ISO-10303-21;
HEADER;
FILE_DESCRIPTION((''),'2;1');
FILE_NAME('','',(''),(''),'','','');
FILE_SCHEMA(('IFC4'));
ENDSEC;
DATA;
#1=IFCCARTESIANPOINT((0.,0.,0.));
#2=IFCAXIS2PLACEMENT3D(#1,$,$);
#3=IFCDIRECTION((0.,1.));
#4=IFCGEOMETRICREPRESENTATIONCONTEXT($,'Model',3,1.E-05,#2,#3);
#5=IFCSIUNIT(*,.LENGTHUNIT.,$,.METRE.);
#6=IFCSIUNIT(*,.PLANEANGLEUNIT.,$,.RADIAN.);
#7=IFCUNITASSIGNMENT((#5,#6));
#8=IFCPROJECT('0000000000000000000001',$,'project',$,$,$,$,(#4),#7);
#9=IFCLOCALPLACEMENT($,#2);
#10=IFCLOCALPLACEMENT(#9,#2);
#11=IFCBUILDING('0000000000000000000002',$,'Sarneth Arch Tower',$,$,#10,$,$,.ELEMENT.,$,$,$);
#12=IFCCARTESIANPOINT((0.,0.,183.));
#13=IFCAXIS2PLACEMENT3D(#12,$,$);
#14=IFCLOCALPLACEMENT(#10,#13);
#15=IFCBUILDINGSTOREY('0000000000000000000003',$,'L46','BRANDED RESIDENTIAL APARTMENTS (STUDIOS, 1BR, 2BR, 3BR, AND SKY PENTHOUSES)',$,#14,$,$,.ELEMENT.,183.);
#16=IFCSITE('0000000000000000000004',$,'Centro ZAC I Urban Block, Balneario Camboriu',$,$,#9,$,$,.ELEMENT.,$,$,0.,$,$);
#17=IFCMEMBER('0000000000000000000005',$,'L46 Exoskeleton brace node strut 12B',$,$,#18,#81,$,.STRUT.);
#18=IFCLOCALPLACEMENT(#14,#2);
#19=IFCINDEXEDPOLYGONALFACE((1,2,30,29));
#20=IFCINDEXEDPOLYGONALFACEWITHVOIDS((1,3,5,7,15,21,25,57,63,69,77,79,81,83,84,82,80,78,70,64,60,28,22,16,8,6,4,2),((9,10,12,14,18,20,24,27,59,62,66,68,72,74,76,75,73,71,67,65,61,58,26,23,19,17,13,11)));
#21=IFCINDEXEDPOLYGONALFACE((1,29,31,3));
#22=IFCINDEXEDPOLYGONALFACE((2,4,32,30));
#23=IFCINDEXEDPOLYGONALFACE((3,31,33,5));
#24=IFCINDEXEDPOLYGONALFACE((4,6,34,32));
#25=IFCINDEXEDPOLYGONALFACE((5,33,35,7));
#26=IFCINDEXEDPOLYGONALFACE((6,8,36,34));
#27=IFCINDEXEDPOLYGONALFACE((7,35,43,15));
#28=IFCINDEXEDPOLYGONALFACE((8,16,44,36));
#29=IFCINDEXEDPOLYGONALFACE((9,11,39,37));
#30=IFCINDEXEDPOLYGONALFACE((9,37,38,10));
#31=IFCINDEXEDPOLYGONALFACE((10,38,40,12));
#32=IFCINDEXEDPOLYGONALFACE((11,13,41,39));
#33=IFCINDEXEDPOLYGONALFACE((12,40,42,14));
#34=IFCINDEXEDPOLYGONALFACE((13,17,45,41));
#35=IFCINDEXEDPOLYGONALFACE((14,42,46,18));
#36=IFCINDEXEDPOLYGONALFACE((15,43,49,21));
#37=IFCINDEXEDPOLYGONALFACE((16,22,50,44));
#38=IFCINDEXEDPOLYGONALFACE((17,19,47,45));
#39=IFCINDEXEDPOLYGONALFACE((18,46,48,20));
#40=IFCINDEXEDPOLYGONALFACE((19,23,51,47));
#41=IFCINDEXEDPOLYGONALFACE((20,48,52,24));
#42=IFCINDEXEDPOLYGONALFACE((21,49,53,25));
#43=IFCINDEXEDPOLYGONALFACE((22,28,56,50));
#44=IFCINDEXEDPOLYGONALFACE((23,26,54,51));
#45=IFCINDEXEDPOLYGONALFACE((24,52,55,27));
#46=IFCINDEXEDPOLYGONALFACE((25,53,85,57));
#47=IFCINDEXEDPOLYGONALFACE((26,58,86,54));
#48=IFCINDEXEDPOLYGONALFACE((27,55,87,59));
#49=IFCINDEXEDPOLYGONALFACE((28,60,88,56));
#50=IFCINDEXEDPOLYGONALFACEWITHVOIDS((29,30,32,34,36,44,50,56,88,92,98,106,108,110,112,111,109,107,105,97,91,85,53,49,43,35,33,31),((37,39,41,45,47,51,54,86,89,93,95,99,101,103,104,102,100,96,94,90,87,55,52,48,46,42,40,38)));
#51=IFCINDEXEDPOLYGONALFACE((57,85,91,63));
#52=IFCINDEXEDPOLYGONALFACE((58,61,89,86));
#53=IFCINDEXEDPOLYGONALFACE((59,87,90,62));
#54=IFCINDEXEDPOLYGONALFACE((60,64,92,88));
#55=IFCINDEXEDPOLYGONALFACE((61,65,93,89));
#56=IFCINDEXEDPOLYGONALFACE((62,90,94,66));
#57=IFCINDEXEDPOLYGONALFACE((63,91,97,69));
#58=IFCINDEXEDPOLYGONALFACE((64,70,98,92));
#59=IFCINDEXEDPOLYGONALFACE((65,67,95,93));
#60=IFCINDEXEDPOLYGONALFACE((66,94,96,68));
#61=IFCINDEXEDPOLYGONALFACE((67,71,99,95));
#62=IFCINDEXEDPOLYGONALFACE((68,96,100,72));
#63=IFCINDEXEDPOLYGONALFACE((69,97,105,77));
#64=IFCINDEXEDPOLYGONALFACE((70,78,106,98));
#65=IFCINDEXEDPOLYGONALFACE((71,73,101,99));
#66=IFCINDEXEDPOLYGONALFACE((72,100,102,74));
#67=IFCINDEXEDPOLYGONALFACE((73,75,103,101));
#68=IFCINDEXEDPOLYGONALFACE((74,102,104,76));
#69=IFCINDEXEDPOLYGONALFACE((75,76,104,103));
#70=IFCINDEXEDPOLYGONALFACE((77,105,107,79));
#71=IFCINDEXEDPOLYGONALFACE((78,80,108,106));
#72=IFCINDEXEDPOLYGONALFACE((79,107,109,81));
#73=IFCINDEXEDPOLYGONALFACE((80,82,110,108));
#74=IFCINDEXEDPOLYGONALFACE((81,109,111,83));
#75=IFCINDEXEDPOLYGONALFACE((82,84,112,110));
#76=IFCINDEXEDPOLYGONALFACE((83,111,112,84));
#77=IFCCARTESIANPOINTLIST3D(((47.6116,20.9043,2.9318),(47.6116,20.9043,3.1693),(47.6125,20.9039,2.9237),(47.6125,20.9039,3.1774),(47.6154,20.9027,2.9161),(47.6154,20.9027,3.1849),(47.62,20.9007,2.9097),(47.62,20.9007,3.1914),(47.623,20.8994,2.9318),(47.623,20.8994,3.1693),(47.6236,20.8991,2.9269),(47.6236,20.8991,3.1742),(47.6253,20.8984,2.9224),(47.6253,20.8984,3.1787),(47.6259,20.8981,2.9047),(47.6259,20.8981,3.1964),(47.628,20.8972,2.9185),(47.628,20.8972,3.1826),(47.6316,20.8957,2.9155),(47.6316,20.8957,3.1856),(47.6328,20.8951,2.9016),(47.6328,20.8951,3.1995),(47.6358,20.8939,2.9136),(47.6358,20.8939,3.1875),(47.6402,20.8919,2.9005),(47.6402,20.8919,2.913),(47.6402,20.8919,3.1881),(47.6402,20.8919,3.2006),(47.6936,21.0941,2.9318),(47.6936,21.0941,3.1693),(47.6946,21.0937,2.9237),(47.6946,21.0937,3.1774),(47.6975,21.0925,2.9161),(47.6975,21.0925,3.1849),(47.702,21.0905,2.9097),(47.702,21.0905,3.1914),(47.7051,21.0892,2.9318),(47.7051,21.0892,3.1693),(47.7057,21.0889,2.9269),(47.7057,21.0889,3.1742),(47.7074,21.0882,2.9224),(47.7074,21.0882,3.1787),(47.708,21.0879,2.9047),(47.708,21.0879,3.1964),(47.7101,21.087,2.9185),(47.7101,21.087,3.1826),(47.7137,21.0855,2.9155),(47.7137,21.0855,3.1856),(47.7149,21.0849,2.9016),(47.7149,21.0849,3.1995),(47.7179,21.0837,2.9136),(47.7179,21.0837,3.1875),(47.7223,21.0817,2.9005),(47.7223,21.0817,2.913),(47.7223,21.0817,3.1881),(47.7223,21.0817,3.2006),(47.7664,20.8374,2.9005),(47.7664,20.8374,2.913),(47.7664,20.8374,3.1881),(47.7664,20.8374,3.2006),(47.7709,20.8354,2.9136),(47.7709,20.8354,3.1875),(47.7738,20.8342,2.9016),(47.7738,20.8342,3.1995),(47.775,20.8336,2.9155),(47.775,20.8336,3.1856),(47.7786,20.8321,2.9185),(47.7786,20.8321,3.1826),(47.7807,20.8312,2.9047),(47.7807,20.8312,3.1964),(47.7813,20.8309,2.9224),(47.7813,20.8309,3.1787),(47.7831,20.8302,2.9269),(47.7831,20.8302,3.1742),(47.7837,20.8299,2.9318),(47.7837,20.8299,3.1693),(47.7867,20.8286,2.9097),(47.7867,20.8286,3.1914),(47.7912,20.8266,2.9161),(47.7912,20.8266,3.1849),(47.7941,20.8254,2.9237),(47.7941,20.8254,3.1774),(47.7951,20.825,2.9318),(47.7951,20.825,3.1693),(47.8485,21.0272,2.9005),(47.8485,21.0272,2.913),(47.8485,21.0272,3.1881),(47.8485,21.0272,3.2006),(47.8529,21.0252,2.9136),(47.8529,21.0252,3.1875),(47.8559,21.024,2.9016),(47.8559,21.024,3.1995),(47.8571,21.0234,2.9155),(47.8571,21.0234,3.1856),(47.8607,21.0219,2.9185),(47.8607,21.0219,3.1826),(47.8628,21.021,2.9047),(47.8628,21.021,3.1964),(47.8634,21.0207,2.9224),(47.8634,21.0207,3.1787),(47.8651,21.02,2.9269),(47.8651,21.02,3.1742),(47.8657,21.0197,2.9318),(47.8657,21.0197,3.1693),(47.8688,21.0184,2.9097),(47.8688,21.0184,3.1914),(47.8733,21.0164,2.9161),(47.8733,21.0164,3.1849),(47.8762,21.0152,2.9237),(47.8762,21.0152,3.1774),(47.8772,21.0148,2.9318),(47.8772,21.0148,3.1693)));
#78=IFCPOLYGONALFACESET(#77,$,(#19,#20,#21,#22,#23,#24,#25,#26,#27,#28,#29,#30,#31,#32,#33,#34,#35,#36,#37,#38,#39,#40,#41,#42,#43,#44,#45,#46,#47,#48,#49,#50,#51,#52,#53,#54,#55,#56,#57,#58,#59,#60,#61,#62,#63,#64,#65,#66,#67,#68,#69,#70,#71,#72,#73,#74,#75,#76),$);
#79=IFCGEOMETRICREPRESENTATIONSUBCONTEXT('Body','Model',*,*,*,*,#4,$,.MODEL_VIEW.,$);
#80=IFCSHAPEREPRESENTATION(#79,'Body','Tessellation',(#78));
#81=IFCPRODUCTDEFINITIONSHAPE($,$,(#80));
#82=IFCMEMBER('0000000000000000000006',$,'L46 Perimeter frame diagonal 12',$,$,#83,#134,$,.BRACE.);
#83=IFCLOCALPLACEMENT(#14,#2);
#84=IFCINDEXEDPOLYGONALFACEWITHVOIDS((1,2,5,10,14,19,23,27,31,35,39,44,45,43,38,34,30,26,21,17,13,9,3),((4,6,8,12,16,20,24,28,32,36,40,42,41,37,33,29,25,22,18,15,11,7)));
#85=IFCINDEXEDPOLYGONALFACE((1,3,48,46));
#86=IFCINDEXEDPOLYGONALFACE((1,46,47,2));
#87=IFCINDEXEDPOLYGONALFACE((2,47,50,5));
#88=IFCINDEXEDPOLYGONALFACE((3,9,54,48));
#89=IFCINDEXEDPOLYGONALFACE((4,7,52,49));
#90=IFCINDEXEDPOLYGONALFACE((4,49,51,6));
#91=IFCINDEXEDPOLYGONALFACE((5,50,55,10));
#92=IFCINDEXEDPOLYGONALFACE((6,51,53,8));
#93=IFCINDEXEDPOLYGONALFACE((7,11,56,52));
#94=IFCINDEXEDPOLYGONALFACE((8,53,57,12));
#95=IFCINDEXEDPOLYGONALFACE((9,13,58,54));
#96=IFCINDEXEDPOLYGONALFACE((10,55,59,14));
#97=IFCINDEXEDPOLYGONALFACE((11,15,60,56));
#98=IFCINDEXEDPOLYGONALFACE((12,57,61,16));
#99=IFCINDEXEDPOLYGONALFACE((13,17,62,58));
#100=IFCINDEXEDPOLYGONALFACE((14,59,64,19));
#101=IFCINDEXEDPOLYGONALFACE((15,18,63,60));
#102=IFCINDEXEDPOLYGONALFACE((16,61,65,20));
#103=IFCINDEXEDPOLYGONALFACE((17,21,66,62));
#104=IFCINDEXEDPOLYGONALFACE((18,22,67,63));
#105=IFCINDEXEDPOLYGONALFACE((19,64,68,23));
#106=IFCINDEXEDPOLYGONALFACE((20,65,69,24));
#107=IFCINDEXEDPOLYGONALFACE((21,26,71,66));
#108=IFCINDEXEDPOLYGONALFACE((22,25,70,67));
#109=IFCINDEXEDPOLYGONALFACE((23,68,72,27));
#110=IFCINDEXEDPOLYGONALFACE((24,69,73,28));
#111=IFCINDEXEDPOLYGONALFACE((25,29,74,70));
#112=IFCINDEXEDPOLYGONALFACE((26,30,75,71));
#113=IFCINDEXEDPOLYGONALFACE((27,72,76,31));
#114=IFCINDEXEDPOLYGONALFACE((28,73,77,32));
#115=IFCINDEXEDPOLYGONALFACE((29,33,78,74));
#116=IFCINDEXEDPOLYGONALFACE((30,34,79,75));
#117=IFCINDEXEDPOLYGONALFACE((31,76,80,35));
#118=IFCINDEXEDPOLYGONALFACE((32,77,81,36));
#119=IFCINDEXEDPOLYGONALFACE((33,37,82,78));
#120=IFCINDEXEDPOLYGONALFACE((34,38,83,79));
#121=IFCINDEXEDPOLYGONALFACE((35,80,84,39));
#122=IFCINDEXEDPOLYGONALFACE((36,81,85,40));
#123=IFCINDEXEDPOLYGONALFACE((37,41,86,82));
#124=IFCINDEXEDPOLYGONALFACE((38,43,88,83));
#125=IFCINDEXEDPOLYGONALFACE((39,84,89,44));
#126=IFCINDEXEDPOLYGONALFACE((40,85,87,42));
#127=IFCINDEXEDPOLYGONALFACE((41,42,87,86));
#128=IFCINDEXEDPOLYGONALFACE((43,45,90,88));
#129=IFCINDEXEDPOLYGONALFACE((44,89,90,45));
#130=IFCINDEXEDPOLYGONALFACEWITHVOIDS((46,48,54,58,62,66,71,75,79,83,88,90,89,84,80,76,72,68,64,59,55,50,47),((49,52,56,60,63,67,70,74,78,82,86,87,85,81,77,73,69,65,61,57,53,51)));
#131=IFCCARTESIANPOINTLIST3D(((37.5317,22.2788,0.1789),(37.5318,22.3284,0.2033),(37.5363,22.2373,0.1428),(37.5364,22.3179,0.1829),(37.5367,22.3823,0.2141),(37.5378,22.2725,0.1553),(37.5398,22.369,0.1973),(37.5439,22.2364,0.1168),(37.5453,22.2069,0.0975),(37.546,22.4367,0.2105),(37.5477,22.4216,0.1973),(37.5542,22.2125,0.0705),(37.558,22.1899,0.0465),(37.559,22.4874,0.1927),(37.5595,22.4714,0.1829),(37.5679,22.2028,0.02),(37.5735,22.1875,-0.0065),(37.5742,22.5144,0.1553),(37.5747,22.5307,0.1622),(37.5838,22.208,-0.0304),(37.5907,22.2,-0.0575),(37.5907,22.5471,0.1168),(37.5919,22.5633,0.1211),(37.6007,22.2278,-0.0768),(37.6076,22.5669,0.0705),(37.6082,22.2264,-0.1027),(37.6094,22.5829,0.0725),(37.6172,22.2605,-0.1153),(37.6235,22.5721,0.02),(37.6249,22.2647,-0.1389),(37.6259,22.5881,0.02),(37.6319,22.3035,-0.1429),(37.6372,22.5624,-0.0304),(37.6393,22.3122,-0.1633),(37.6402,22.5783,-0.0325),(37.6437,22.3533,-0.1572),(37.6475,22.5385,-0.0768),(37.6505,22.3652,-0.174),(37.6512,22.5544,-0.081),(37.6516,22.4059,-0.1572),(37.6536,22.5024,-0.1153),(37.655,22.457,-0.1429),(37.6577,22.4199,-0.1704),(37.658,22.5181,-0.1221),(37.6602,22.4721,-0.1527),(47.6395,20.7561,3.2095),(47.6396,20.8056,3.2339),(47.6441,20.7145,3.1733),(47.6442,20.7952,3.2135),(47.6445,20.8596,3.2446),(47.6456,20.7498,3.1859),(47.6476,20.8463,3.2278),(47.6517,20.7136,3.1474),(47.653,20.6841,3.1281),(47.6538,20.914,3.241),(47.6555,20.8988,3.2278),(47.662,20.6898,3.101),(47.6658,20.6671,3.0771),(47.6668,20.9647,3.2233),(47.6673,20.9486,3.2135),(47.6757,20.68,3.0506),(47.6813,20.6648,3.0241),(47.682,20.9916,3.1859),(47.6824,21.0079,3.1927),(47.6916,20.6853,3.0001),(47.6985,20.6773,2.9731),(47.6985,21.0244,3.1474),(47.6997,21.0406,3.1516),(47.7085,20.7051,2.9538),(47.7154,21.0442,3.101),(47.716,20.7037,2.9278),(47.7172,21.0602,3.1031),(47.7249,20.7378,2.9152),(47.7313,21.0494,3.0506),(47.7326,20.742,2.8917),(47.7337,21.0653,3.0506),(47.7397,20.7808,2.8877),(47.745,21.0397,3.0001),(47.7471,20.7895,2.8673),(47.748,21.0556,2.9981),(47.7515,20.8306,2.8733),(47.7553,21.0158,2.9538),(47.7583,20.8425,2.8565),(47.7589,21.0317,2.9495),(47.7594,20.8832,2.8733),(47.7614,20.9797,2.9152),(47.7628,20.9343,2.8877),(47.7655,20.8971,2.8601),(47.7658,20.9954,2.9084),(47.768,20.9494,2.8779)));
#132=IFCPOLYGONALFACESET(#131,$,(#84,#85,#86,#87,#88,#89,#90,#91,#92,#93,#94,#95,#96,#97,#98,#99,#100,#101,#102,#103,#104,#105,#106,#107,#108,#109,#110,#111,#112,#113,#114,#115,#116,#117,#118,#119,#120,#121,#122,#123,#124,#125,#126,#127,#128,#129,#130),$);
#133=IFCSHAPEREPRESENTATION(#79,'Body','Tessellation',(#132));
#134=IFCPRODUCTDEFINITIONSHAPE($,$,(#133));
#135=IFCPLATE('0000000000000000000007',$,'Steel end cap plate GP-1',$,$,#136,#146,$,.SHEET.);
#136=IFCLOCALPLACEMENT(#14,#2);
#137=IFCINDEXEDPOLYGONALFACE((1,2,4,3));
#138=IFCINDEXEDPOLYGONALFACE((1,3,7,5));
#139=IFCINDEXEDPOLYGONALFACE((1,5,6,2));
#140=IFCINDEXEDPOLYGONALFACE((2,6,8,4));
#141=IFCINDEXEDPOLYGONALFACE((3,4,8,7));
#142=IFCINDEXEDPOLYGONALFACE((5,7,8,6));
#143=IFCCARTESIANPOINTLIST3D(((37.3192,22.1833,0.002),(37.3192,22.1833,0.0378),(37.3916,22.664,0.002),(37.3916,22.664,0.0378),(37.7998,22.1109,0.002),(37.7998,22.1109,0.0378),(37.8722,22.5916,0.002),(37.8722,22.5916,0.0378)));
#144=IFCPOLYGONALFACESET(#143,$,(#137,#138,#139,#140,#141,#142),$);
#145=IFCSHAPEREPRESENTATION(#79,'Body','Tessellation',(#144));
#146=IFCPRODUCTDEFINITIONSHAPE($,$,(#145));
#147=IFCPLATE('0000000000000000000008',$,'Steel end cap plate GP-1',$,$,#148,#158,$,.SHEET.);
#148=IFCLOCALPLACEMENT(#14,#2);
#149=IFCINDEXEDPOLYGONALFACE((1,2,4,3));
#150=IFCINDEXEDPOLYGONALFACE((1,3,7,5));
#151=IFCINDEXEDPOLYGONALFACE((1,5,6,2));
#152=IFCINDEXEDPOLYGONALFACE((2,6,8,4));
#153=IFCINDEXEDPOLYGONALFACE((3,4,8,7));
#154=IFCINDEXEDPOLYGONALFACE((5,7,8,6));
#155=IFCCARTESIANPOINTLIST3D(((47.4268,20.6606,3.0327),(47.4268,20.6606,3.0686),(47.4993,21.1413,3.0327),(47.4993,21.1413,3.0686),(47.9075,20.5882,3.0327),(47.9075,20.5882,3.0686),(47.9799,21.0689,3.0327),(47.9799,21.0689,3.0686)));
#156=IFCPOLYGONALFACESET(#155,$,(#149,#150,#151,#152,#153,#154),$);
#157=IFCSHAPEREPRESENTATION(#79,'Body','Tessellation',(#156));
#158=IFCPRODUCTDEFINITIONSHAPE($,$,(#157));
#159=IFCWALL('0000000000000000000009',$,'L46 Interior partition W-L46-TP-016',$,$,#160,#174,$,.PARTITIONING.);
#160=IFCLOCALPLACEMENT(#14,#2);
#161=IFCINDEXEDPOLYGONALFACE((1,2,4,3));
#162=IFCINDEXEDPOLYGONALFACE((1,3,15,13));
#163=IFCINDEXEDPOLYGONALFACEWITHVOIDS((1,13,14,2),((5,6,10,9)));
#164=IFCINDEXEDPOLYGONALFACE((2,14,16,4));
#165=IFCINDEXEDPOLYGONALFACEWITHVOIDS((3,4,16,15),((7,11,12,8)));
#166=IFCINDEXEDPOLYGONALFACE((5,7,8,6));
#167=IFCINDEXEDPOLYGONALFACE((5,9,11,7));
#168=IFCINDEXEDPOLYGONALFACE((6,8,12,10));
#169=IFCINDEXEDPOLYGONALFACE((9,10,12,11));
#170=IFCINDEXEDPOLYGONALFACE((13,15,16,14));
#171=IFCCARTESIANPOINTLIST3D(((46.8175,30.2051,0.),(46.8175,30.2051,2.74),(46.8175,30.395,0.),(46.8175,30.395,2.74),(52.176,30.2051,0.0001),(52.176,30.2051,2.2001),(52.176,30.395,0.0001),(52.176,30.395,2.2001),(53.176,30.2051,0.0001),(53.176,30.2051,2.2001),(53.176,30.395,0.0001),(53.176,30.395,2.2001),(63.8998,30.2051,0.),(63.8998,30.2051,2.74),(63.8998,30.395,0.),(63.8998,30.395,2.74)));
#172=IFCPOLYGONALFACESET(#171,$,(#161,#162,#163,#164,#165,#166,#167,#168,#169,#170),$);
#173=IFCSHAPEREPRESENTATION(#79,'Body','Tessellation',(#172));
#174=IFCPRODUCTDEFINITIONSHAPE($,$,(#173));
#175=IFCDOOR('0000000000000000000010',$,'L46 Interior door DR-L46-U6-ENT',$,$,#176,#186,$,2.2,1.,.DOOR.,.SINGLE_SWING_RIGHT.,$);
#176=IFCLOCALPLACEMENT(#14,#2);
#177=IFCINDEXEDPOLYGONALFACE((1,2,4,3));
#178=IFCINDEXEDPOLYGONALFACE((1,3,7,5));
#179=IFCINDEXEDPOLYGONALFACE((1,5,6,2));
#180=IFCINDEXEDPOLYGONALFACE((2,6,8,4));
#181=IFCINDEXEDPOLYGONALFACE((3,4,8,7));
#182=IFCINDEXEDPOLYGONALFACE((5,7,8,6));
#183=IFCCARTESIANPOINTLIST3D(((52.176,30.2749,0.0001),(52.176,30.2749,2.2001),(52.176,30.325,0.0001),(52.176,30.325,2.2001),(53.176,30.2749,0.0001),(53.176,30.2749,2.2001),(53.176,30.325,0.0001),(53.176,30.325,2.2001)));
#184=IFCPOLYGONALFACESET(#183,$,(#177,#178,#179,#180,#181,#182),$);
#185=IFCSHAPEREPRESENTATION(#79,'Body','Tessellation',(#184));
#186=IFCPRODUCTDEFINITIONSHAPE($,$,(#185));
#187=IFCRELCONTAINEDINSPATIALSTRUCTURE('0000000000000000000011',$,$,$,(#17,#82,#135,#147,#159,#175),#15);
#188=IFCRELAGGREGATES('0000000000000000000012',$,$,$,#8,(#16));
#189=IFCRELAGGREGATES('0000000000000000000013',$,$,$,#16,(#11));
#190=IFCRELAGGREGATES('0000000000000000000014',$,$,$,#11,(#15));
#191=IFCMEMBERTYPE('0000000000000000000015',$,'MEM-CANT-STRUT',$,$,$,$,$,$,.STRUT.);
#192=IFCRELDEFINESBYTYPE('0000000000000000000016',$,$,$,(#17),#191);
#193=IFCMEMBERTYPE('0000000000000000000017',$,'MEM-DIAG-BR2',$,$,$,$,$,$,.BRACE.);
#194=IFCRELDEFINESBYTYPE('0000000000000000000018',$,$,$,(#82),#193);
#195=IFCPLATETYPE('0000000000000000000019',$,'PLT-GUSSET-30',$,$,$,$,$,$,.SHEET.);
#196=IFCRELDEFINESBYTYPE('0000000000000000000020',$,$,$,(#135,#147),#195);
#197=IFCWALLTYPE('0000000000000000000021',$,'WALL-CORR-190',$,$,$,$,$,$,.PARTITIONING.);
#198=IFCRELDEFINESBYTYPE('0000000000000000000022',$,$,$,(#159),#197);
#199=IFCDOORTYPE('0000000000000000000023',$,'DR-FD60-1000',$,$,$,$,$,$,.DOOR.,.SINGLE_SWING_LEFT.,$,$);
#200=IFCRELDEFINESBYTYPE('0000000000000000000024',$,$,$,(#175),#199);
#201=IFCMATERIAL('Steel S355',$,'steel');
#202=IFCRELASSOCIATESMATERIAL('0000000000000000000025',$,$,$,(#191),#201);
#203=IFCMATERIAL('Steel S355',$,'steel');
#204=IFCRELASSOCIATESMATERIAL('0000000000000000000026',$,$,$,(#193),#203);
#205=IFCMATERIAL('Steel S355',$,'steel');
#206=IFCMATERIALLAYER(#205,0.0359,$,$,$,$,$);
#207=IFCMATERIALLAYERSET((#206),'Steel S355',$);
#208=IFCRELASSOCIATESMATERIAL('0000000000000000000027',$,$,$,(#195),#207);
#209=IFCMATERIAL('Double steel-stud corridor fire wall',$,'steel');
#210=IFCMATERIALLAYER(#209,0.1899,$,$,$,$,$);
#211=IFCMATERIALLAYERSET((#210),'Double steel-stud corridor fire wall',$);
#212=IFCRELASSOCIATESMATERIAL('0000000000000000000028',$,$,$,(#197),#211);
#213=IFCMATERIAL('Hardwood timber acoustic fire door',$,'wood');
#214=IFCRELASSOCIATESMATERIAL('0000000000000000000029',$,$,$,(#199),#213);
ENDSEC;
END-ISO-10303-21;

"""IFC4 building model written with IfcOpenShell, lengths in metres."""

from ifc_helpers import new_model, si_unit, direction, frame, frame_2d, origin, origin_2d, place, context, subcontext, project, spatial, rectangle, hollow_rectangle, hollow_circle, extrude, material, layer, layer_set, material_profile, profile_set, type_object, element, fill, save


model = new_model("IFC4")

# Units and contexts
model_context = context("Model", 3, precision=1e-05, world=origin(), true_north=direction((0.0, 1.0)))
body_context = subcontext(model_context, "Body", "Model", "MODEL_VIEW")
ifc_project = project(units=[si_unit("LENGTHUNIT", "METRE"), si_unit("PLANEANGLEUNIT", "RADIAN")], contexts=[model_context])

# Site, building, storey
site_placement = place(None, origin())
site = spatial("IfcSite", under=ifc_project, at=site_placement, Name="Centro ZAC I Urban Block, Balneario Camboriu", CompositionType="ELEMENT", RefElevation=0.0)
building_placement = place(site_placement, origin())
building = spatial("IfcBuilding", under=site, at=building_placement, Name="Sarneth Arch Tower", CompositionType="ELEMENT")
storey_placement = place(building_placement, frame((0.0, 0.0, 183.0)))
storey = spatial("IfcBuildingStorey", under=building, at=storey_placement, Name="L46", Description="BRANDED RESIDENTIAL APARTMENTS (STUDIOS, 1BR, 2BR, 3BR, AND SKY PENTHOUSES)", CompositionType="ELEMENT", Elevation=183.0)

# Members
ifc_material_1 = material(Name="Steel S355", Category="steel")
ifc_material_profile_1 = material_profile(ifc_material_1, hollow_rectangle(XDim=0.2, YDim=0.3, WallThickness=0.0125, InnerFilletRadius=0.0188, OuterFilletRadius=0.0312, at=origin_2d()), Name="RHS300x200x12.5")
ifc_profile_set_1 = profile_set([ifc_material_profile_1], Name="Steel S355")
member_type_1 = type_object("IfcMemberType", Name="MEM-CANT-STRUT", PredefinedType="STRUT", material=ifc_profile_set_1)
member_1_placement = place(storey_placement, frame((47.7854, 21.0544, 3.0505), z_axis=(-0.396911, -0.917857, 0.0), x_axis=(0.917857, -0.396911, 0.0)))
element("IfcMember", 1, at=member_1_placement, inside=storey, type_object=member_type_1, Name="L46 Exoskeleton brace node strut 12B", PredefinedType="STRUT", context=body_context, shape_type="SweptSolid", body=[
    extrude(hollow_rectangle(XDim=0.2, YDim=0.3, WallThickness=0.0125, InnerFilletRadius=0.0188, OuterFilletRadius=0.0312, at=origin_2d()), origin(), (0.0, 0.0, 1.0), 0.2068),
])
ifc_material_2 = material(Name="Steel S355", Category="steel")
ifc_material_profile_2 = material_profile(ifc_material_2, hollow_circle(Radius=0.2029, WallThickness=0.0161, at=origin_2d()), Name="CHS406x16")
ifc_profile_set_2 = profile_set([ifc_material_profile_2], Name="Steel S355")
member_type_2 = type_object("IfcMemberType", Name="MEM-DIAG-BR2", PredefinedType="BRACE", material=ifc_profile_set_2)
member_2_placement = place(storey_placement, frame((37.5957, 22.3875, 0.02), z_axis=(0.948053, -0.142823, 0.284249), x_axis=(0.148968, 0.988842, 0.0)))
element("IfcMember", 2, at=member_2_placement, inside=storey, type_object=member_type_2, Name="L46 Perimeter frame diagonal 12", PredefinedType="BRACE", context=body_context, shape_type="SweptSolid", body=[
    extrude(hollow_circle(Radius=0.2029, WallThickness=0.0161, at=origin_2d()), origin(), (0.0, 0.0, 1.0), 10.6616),
])

# Plates
ifc_material_3 = material(Name="Steel S355", Category="steel")
ifc_layer_1 = layer(ifc_material_3, 0.0359)
ifc_layer_set_1 = layer_set([ifc_layer_1], Name="Steel S355")
plate_type = type_object("IfcPlateType", Name="PLT-GUSSET-30", PredefinedType="SHEET", material=ifc_layer_set_1)
for number, where, z_axis, x_axis, name in (
    (3, (37.5957, 22.3875, 0.002), (0.0, 0.0, 1.0), (0.988835, -0.149018, 0.0), "Steel end cap plate GP-1"),
    (4, (47.7034, 20.8647, 3.0327), (0.0, 0.0, 1.0), (0.988835, -0.149018, 0.0), "Steel end cap plate GP-1"),
):
    element("IfcPlate", number, at=place(storey_placement, frame(where, z_axis=z_axis, x_axis=x_axis)), inside=storey, type_object=plate_type, Name=name, PredefinedType="SHEET", context=body_context, shape_type="SweptSolid", body=[
        extrude(rectangle(XDim=0.4861, YDim=0.4861, at=origin_2d()), origin(), (0.0, 0.0, 1.0), 0.0359),
    ])

# Wall, opening, door
ifc_material_4 = material(Name="Double steel-stud corridor fire wall", Category="steel")
ifc_layer_2 = layer(ifc_material_4, 0.1899)
ifc_layer_set_2 = layer_set([ifc_layer_2], Name="Double steel-stud corridor fire wall")
wall_type_1 = type_object("IfcWallType", Name="WALL-CORR-190", PredefinedType="PARTITIONING", material=ifc_layer_set_2)
wall_1_placement = place(storey_placement, frame((46.8176, 30.3, 0.0), z_axis=(0.0, 0.0, 1.0), x_axis=(1.0, 0.0, 0.0)))
wall_1 = element("IfcWall", 5, at=wall_1_placement, inside=storey, type_object=wall_type_1, Name="L46 Interior partition W-L46-TP-016", PredefinedType="PARTITIONING", context=body_context, shape_type="SweptSolid", body=[
    extrude(rectangle(XDim=17.0823, YDim=0.1899, at=frame_2d((8.541, 0.0))), origin(), (0.0, 0.0, 1.0), 2.74),
])
opening_1_placement = place(wall_1_placement, frame((5.3584, 0.0, 0.0)))
opening_1 = element("IfcOpeningElement", 6, at=opening_1_placement, cuts=wall_1, PredefinedType="OPENING", context=body_context, shape_type="SweptSolid", body=[
    extrude(rectangle(XDim=1.0, YDim=2.2, at=frame_2d((0.5, 1.1001))), frame((0.0, 0.105, 0.0), z_axis=(0.0, -1.0, 0.0), x_axis=(1.0, 0.0, 0.0)), (0.0, 0.0, 1.0), 0.21),
])
ifc_material_5 = material(Name="Hardwood timber acoustic fire door", Category="wood")
door_type_1 = type_object("IfcDoorType", Name="DR-FD60-1000", OperationType="SINGLE_SWING_LEFT", PredefinedType="DOOR", material=ifc_material_5)
door_1_placement = place(opening_1_placement, origin())
door_1 = element("IfcDoor", 7, at=door_1_placement, inside=storey, type_object=door_type_1, Name="L46 Interior door DR-L46-U6-ENT", OperationType="SINGLE_SWING_RIGHT", OverallHeight=2.2, OverallWidth=1.0, PredefinedType="DOOR", context=body_context, shape_type="SweptSolid", body=[
    extrude(rectangle(XDim=1.0, YDim=2.2, at=frame_2d((0.5, 1.1001))), frame((0.0, 0.0249, 0.0), z_axis=(0.0, -1.0, 0.0), x_axis=(1.0, 0.0, 0.0)), (0.0, 0.0, 1.0), 0.05),
])
fill(opening_1, door_1)

save(model, "model.ifc")
